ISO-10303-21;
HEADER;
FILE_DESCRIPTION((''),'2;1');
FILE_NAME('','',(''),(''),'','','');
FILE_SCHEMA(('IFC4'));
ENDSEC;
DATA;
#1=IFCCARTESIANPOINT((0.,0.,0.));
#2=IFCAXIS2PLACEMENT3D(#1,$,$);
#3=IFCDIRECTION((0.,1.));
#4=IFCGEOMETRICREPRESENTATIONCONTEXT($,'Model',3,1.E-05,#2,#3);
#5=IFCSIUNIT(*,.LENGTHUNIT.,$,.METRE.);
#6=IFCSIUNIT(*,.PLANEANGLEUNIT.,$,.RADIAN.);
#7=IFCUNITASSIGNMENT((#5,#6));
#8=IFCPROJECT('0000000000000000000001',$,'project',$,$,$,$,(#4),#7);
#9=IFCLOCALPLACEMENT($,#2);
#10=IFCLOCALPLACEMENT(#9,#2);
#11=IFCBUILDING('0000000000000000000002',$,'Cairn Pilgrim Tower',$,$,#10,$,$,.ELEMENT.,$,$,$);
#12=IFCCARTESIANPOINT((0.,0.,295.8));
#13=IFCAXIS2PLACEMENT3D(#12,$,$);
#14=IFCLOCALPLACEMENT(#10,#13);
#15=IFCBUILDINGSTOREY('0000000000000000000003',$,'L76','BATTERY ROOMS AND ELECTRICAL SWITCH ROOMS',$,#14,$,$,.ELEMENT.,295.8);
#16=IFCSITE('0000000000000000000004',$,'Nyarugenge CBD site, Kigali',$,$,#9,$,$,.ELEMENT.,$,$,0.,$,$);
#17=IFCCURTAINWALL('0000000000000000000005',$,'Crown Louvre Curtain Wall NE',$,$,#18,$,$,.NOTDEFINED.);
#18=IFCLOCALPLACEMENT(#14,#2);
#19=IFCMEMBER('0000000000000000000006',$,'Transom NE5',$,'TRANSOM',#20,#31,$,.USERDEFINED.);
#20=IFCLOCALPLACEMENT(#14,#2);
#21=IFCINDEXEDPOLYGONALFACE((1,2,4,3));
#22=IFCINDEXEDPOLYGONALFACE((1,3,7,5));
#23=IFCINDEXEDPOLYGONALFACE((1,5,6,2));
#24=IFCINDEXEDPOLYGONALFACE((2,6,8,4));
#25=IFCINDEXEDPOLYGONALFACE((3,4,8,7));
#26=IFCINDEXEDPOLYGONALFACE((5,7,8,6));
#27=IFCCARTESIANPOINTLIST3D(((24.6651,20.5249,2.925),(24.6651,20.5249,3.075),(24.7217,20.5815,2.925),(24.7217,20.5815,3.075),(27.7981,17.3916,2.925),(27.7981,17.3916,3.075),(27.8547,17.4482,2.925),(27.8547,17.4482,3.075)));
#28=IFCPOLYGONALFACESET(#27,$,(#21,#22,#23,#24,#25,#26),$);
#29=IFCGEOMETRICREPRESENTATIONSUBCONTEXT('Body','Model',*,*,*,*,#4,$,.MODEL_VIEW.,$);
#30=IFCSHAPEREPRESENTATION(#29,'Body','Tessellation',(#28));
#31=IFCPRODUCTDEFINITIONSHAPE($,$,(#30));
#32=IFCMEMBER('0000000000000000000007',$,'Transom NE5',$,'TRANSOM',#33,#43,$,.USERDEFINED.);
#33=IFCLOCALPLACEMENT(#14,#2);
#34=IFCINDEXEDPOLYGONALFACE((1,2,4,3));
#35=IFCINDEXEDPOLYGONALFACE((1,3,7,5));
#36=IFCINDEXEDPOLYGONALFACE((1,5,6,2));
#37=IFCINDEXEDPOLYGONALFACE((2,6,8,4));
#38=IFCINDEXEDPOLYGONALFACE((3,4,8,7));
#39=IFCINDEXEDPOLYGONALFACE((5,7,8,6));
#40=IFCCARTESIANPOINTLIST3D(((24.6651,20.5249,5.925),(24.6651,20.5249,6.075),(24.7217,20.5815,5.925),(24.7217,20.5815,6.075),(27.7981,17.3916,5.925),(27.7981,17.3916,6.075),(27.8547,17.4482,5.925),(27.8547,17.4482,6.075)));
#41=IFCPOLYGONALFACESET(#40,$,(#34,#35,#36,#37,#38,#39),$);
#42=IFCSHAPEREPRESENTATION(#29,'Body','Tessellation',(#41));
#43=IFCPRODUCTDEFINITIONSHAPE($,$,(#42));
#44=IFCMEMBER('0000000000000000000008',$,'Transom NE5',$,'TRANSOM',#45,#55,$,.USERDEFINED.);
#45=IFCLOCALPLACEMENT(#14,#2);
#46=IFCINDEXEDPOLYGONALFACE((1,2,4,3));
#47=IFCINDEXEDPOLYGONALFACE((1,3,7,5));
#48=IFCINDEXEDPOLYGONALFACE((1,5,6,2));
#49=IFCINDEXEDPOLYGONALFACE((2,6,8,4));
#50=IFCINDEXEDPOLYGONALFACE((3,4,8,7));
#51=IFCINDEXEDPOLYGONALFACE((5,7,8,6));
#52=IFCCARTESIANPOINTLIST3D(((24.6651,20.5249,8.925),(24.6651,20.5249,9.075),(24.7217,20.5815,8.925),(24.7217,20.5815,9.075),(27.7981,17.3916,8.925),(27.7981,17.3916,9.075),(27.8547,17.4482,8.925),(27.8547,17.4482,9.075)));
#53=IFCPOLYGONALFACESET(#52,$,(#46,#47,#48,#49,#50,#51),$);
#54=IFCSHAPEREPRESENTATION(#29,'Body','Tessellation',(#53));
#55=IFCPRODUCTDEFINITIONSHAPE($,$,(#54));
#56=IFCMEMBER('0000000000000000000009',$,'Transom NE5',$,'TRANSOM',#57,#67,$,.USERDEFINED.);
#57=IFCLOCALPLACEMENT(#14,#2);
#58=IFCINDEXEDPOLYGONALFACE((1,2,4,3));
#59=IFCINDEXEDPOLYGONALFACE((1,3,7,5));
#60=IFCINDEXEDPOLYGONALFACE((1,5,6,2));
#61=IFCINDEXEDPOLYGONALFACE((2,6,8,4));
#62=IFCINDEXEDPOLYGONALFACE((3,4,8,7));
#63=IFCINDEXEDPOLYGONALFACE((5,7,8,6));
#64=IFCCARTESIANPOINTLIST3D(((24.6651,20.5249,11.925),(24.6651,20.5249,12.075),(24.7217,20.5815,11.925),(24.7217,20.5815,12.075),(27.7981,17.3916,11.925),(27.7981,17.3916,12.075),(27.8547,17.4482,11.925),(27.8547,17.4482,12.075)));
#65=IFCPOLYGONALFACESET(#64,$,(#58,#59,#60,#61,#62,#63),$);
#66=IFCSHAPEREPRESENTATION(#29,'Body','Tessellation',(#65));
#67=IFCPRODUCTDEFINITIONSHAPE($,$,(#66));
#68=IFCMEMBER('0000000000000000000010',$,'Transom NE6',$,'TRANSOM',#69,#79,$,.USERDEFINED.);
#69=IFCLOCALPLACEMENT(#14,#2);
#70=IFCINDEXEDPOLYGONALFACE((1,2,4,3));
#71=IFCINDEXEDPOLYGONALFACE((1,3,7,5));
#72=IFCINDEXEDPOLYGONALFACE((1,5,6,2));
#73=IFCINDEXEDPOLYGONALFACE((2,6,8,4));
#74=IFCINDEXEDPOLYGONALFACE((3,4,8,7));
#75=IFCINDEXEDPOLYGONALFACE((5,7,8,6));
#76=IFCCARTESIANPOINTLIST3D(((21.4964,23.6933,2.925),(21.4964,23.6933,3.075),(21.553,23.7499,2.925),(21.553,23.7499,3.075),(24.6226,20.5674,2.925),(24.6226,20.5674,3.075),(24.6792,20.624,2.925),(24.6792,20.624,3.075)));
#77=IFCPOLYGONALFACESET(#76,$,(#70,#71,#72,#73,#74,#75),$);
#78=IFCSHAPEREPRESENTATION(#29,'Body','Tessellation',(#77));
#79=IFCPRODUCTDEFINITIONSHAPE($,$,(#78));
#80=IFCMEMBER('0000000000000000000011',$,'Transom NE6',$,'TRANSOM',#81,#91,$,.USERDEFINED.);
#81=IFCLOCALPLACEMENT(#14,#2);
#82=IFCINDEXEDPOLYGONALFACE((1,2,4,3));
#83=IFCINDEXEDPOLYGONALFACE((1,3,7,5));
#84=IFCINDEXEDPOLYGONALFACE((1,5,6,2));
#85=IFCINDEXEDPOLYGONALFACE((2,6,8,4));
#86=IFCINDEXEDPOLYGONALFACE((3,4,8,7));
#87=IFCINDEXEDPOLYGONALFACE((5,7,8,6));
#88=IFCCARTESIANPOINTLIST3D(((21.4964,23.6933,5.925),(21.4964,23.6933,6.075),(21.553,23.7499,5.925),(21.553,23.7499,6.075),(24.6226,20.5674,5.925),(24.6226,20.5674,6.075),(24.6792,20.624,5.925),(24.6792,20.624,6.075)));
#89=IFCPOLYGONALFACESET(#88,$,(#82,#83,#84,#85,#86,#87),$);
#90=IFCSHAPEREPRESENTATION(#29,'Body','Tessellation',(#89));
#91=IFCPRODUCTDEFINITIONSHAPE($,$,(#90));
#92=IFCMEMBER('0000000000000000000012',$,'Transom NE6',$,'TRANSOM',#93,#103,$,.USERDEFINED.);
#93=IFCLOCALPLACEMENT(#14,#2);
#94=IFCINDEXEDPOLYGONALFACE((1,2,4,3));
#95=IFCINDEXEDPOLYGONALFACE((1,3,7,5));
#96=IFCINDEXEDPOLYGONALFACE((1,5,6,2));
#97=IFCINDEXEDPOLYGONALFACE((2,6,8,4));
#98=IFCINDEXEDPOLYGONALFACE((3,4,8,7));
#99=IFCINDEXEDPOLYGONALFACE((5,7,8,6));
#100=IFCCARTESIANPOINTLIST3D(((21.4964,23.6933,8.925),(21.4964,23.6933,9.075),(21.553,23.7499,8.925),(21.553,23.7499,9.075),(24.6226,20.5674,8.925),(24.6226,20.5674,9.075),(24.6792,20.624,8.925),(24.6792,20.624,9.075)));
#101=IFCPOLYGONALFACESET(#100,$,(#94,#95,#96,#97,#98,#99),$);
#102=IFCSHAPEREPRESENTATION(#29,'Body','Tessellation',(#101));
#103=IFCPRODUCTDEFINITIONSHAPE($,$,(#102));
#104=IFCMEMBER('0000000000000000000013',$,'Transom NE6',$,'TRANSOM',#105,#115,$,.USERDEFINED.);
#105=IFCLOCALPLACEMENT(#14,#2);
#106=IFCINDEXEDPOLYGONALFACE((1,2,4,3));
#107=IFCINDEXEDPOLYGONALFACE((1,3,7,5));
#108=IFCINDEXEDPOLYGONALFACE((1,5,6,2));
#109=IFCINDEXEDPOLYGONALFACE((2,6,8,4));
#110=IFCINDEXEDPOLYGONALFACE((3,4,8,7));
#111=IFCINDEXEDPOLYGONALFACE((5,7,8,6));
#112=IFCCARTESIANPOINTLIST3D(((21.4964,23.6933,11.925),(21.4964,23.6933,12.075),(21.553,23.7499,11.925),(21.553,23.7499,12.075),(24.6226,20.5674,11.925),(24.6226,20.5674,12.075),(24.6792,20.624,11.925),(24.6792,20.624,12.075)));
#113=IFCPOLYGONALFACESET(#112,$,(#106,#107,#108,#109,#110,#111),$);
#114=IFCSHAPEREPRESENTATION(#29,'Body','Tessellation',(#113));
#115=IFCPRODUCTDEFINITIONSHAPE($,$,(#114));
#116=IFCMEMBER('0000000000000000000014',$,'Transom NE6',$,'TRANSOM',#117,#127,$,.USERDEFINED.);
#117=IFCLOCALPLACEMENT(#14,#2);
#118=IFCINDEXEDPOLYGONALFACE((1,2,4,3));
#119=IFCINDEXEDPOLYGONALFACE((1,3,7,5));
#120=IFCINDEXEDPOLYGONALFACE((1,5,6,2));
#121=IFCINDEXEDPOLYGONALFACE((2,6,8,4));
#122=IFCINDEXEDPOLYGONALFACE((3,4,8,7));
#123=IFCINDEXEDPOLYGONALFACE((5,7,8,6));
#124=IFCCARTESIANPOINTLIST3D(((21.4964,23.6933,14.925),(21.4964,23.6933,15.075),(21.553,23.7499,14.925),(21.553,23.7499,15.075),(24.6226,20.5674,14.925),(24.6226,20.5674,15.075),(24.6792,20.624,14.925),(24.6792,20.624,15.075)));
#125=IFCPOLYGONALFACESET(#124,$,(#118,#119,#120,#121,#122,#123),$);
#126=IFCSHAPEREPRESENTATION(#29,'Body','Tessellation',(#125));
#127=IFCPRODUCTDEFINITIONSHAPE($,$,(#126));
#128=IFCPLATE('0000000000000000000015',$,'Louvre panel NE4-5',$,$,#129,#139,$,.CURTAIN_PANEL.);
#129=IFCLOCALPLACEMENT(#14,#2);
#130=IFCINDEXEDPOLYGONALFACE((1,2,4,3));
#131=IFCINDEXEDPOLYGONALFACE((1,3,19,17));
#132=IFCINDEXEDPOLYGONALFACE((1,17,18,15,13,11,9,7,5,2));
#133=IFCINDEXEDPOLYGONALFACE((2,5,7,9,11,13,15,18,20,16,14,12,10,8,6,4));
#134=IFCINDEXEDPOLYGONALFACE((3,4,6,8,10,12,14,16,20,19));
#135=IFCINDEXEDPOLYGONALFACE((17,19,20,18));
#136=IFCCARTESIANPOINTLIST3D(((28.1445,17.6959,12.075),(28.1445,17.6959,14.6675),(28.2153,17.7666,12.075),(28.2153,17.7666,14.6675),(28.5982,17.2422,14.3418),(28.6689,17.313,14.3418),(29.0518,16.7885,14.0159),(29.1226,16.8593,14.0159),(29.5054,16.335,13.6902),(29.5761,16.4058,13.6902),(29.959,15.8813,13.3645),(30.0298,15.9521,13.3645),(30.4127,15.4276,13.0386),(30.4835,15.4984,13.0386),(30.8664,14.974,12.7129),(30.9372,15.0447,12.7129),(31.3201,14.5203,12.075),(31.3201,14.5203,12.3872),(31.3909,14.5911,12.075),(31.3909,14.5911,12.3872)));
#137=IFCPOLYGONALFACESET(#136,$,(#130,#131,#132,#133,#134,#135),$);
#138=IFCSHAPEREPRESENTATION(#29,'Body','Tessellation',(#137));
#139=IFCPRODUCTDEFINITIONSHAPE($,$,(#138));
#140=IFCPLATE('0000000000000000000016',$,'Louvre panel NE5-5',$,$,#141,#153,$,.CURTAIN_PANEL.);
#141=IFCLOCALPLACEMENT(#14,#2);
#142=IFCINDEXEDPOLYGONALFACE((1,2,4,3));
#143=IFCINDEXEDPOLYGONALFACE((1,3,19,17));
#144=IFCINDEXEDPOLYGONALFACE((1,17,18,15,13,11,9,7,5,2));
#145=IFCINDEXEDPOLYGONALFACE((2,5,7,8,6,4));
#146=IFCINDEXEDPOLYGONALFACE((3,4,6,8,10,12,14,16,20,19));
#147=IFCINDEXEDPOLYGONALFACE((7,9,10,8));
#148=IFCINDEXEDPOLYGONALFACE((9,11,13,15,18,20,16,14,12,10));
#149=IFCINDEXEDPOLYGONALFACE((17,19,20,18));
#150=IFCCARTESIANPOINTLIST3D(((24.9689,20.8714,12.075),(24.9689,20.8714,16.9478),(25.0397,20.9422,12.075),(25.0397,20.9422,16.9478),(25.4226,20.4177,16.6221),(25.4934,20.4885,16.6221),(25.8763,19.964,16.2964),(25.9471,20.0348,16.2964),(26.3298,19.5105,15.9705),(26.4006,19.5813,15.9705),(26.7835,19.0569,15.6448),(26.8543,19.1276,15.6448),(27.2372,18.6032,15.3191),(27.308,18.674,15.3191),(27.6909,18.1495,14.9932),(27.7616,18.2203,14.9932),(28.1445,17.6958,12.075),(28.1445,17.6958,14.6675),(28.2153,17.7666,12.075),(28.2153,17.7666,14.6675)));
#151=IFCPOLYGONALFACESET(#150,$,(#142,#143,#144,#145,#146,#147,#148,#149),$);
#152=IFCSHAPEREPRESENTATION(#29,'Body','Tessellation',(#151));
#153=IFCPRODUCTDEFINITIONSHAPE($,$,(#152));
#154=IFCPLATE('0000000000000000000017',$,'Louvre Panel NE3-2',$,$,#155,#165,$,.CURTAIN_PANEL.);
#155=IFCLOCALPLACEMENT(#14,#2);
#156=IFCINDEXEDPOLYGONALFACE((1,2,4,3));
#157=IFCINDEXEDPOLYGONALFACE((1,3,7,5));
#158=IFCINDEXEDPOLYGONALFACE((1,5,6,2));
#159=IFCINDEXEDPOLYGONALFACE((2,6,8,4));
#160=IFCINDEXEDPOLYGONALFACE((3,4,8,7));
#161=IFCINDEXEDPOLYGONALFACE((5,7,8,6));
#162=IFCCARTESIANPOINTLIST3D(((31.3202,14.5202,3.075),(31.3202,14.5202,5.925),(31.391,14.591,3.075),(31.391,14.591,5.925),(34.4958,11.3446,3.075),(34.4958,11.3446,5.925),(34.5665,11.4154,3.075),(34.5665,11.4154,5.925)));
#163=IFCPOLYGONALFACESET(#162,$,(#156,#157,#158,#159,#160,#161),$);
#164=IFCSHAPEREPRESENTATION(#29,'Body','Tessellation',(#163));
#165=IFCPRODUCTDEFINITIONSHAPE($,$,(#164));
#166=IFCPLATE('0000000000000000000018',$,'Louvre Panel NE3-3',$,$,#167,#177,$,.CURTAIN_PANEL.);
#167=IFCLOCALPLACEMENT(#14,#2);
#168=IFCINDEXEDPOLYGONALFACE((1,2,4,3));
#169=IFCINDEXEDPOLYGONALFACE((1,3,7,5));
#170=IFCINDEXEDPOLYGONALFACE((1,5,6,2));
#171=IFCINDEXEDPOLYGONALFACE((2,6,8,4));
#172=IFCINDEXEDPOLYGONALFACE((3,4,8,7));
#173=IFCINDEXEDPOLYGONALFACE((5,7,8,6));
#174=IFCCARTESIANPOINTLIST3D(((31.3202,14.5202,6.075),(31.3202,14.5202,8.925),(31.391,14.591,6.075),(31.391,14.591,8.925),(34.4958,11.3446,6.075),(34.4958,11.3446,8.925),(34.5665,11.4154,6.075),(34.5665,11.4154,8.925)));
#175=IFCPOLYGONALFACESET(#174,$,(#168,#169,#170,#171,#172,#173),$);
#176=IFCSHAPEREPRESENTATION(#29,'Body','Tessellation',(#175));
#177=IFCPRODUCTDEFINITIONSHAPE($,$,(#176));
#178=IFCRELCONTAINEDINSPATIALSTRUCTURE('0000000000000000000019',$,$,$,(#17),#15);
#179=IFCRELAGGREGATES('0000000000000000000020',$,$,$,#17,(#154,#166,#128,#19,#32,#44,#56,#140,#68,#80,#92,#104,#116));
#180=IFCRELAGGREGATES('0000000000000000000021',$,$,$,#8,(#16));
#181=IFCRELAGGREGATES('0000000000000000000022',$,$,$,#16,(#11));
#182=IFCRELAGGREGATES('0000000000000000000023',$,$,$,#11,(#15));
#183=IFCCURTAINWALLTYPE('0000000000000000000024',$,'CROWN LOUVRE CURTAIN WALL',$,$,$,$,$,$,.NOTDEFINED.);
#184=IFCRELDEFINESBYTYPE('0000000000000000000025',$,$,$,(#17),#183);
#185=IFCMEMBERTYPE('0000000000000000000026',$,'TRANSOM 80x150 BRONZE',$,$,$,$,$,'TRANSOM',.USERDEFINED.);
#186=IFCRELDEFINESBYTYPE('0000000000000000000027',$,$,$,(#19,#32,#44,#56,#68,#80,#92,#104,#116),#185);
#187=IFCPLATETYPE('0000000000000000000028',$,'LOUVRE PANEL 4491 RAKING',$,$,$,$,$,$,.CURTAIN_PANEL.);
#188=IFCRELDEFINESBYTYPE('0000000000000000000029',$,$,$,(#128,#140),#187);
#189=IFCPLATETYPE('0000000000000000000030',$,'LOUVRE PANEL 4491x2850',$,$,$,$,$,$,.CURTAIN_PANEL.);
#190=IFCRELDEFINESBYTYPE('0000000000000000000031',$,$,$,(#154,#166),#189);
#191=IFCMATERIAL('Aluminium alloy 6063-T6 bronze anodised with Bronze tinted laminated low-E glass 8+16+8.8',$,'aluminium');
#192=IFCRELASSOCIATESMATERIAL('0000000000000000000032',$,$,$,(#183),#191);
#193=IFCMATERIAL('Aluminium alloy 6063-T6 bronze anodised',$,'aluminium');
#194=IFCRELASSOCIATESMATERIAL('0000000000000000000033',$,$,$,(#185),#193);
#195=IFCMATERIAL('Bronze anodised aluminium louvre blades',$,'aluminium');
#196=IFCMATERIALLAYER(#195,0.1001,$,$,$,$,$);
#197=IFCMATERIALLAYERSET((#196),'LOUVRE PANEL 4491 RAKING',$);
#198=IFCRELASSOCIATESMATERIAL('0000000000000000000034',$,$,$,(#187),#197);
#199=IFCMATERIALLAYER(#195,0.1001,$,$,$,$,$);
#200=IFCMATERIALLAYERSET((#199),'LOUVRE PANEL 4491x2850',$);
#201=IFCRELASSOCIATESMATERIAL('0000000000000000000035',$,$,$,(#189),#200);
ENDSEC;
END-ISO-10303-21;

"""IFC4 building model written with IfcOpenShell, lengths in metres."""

from ifc_helpers import new_model, si_unit, direction, frame, origin, origin_2d, place, context, subcontext, project, spatial, polyline, rectangle, outline, extrude, material, layer, layer_set, material_profile, profile_set, type_object, element, aggregate, save


model = new_model("IFC4")

# Units and contexts
model_context = context("Model", 3, precision=1e-05, world=origin(), true_north=direction((0.0, 1.0)))
body_context = subcontext(model_context, "Body", "Model", "MODEL_VIEW")
ifc_project = project(units=[si_unit("LENGTHUNIT", "METRE"), si_unit("PLANEANGLEUNIT", "RADIAN")], contexts=[model_context])

# Site, building, storey
site_placement = place(None, origin())
site = spatial("IfcSite", under=ifc_project, at=site_placement, Name="Nyarugenge CBD site, Kigali", CompositionType="ELEMENT", RefElevation=0.0)
building_placement = place(site_placement, origin())
building = spatial("IfcBuilding", under=site, at=building_placement, Name="Cairn Pilgrim Tower", CompositionType="ELEMENT")
storey_placement = place(building_placement, frame((0.0, 0.0, 295.8)))
storey = spatial("IfcBuildingStorey", under=building, at=storey_placement, Name="L76", Description="BATTERY ROOMS AND ELECTRICAL SWITCH ROOMS", CompositionType="ELEMENT", Elevation=295.8)

# Curtain wall
ifc_material_1 = material(Name="Aluminium alloy 6063-T6 bronze anodised with Bronze tinted laminated low-E glass 8+16+8.8", Category="aluminium")
curtain_wall_type = type_object("IfcCurtainWallType", Name="CROWN LOUVRE CURTAIN WALL", PredefinedType="NOTDEFINED", material=ifc_material_1)
curtain_wall_placement = place(storey_placement, origin())
curtain_wall = element("IfcCurtainWall", 1, at=curtain_wall_placement, inside=storey, type_object=curtain_wall_type, Name="Crown Louvre Curtain Wall NE", PredefinedType="NOTDEFINED")
ifc_material_2 = material(Name="Aluminium alloy 6063-T6 bronze anodised", Category="aluminium")

# Members
ifc_material_profile_1 = material_profile(ifc_material_2, rectangle(XDim=0.0801, YDim=0.1499, at=origin_2d()), Name="TRANSOM 80x150 BRONZE")
ifc_profile_set_1 = profile_set([ifc_material_profile_1], Name="Aluminium alloy 6063-T6 bronze anodised")
member_type_1 = type_object("IfcMemberType", Name="TRANSOM 80x150 BRONZE", ElementType="TRANSOM", PredefinedType="USERDEFINED", material=ifc_profile_set_1)
member_1_placement = place(storey_placement, frame((27.8264, 17.4199, 3.0), z_axis=(-0.707079, 0.707134, 0.0), x_axis=(-0.707134, -0.707079, 0.0)))
member_1 = element("IfcMember", 2, at=member_1_placement, type_object=member_type_1, Name="Transom NE5", ObjectType="TRANSOM", PredefinedType="USERDEFINED", context=body_context, shape_type="SweptSolid", body=[
    extrude(rectangle(XDim=0.0801, YDim=0.1499, at=origin_2d()), origin(), (0.0, 0.0, 1.0), 4.4309),
])
member_2_placement = place(storey_placement, frame((27.8264, 17.4199, 6.0), z_axis=(-0.707079, 0.707134, 0.0), x_axis=(-0.707134, -0.707079, 0.0)))
member_2 = element("IfcMember", 3, at=member_2_placement, type_object=member_type_1, Name="Transom NE5", ObjectType="TRANSOM", PredefinedType="USERDEFINED", context=body_context, shape_type="SweptSolid", body=[
    extrude(rectangle(XDim=0.0801, YDim=0.1499, at=origin_2d()), origin(), (0.0, 0.0, 1.0), 4.4309),
])
member_3_placement = place(storey_placement, frame((27.8264, 17.4199, 9.0), z_axis=(-0.707079, 0.707134, 0.0), x_axis=(-0.707134, -0.707079, 0.0)))
member_3 = element("IfcMember", 4, at=member_3_placement, type_object=member_type_1, Name="Transom NE5", ObjectType="TRANSOM", PredefinedType="USERDEFINED", context=body_context, shape_type="SweptSolid", body=[
    extrude(rectangle(XDim=0.0801, YDim=0.1499, at=origin_2d()), origin(), (0.0, 0.0, 1.0), 4.4309),
])
member_4_placement = place(storey_placement, frame((27.8264, 17.4199, 12.0), z_axis=(-0.707079, 0.707134, 0.0), x_axis=(-0.707134, -0.707079, 0.0)))
member_4 = element("IfcMember", 5, at=member_4_placement, type_object=member_type_1, Name="Transom NE5", ObjectType="TRANSOM", PredefinedType="USERDEFINED", context=body_context, shape_type="SweptSolid", body=[
    extrude(rectangle(XDim=0.0801, YDim=0.1499, at=origin_2d()), origin(), (0.0, 0.0, 1.0), 4.4309),
])
member_5_placement = place(storey_placement, frame((24.6509, 20.5957, 3.0), z_axis=(-0.707134, 0.707079, 0.0), x_axis=(-0.707079, -0.707134, 0.0)))
member_5 = element("IfcMember", 6, at=member_5_placement, type_object=member_type_1, Name="Transom NE6", ObjectType="TRANSOM", PredefinedType="USERDEFINED", context=body_context, shape_type="SweptSolid", body=[
    extrude(rectangle(XDim=0.0801, YDim=0.1499, at=origin_2d()), origin(), (0.0, 0.0, 1.0), 4.4209),
])
member_6_placement = place(storey_placement, frame((24.6509, 20.5957, 6.0), z_axis=(-0.707134, 0.707079, 0.0), x_axis=(-0.707079, -0.707134, 0.0)))
member_6 = element("IfcMember", 7, at=member_6_placement, type_object=member_type_1, Name="Transom NE6", ObjectType="TRANSOM", PredefinedType="USERDEFINED", context=body_context, shape_type="SweptSolid", body=[
    extrude(rectangle(XDim=0.0801, YDim=0.1499, at=origin_2d()), origin(), (0.0, 0.0, 1.0), 4.4209),
])
member_7_placement = place(storey_placement, frame((24.6509, 20.5957, 9.0), z_axis=(-0.707134, 0.707079, 0.0), x_axis=(-0.707079, -0.707134, 0.0)))
member_7 = element("IfcMember", 8, at=member_7_placement, type_object=member_type_1, Name="Transom NE6", ObjectType="TRANSOM", PredefinedType="USERDEFINED", context=body_context, shape_type="SweptSolid", body=[
    extrude(rectangle(XDim=0.0801, YDim=0.1499, at=origin_2d()), origin(), (0.0, 0.0, 1.0), 4.4209),
])
member_8_placement = place(storey_placement, frame((24.6509, 20.5957, 12.0), z_axis=(-0.707134, 0.707079, 0.0), x_axis=(-0.707079, -0.707134, 0.0)))
member_8 = element("IfcMember", 9, at=member_8_placement, type_object=member_type_1, Name="Transom NE6", ObjectType="TRANSOM", PredefinedType="USERDEFINED", context=body_context, shape_type="SweptSolid", body=[
    extrude(rectangle(XDim=0.0801, YDim=0.1499, at=origin_2d()), origin(), (0.0, 0.0, 1.0), 4.4209),
])
member_9_placement = place(storey_placement, frame((24.6509, 20.5957, 15.0), z_axis=(-0.707134, 0.707079, 0.0), x_axis=(-0.707079, -0.707134, 0.0)))
member_9 = element("IfcMember", 10, at=member_9_placement, type_object=member_type_1, Name="Transom NE6", ObjectType="TRANSOM", PredefinedType="USERDEFINED", context=body_context, shape_type="SweptSolid", body=[
    extrude(rectangle(XDim=0.0801, YDim=0.1499, at=origin_2d()), origin(), (0.0, 0.0, 1.0), 4.4209),
])

# Plates
ifc_material_3 = material(Name="Bronze anodised aluminium louvre blades", Category="aluminium")
ifc_layer_1 = layer(ifc_material_3, 0.1001)
ifc_layer_set_1 = layer_set([ifc_layer_1], Name="LOUVRE PANEL 4491 RAKING")
plate_type_1 = type_object("IfcPlateType", Name="LOUVRE PANEL 4491 RAKING", PredefinedType="CURTAIN_PANEL", material=ifc_layer_set_1)
plate_1_placement = place(storey_placement, frame((31.3555, 14.5557, 12.075), z_axis=(0.0, 0.0, 1.0), x_axis=(-0.707107, 0.707107, 0.0)))
plate_1 = element("IfcPlate", 11, at=plate_1_placement, type_object=plate_type_1, Name="Louvre panel NE4-5", PredefinedType="CURTAIN_PANEL", context=body_context, shape_type="SweptSolid", body=[
    extrude(outline(polyline([(0.0, 0.0), (4.491, 0.0), (4.491, 2.5925), (3.8494, 2.2668), (3.2078, 1.9409), (2.5664, 1.6152), (1.9248, 1.2896), (1.2832, 0.9636), (0.6416, 0.6379), (0.0, 0.3123), (0.0, 0.0)])), frame((0.0, 0.05, 0.0), z_axis=(0.0, -1.0, 0.0), x_axis=(1.0, 0.0, 0.0)), (0.0, 0.0, 1.0), 0.1001),
])
plate_2_placement = place(storey_placement, frame((28.1799, 17.7312, 12.075), z_axis=(0.0, 0.0, 1.0), x_axis=(-0.707107, 0.707107, 0.0)))
plate_2 = element("IfcPlate", 12, at=plate_2_placement, type_object=plate_type_1, Name="Louvre panel NE5-5", PredefinedType="CURTAIN_PANEL", context=body_context, shape_type="SweptSolid", body=[
    extrude(outline(polyline([(0.0, 0.0), (4.491, 0.0), (4.491, 4.8728), (3.8494, 4.5471), (3.2078, 4.2214), (2.5664, 3.8955), (1.9248, 3.5698), (1.2832, 3.2441), (0.6416, 2.9182), (0.0, 2.5925), (0.0, 0.0)])), frame((0.0, 0.05, 0.0), z_axis=(0.0, -1.0, 0.0), x_axis=(1.0, 0.0, 0.0)), (0.0, 0.0, 1.0), 0.1001),
])
ifc_layer_2 = layer(ifc_material_3, 0.1001)
ifc_layer_set_2 = layer_set([ifc_layer_2], Name="LOUVRE PANEL 4491x2850")
plate_type_2 = type_object("IfcPlateType", Name="LOUVRE PANEL 4491x2850", PredefinedType="CURTAIN_PANEL", material=ifc_layer_set_2)
plate_3_placement = place(storey_placement, frame((32.9434, 12.9678, 3.075), z_axis=(0.0, 0.0, 1.0), x_axis=(-0.707107, 0.707107, 0.0)))
plate_3 = element("IfcPlate", 13, at=plate_3_placement, type_object=plate_type_2, Name="Louvre Panel NE3-2", PredefinedType="CURTAIN_PANEL", context=body_context, shape_type="SweptSolid", body=[
    extrude(rectangle(XDim=4.491, YDim=0.1001, at=origin_2d()), origin(), (0.0, 0.0, 1.0), 2.8501),
])
plate_4_placement = place(storey_placement, frame((32.9434, 12.9678, 6.075), z_axis=(0.0, 0.0, 1.0), x_axis=(-0.707107, 0.707107, 0.0)))
plate_4 = element("IfcPlate", 14, at=plate_4_placement, type_object=plate_type_2, Name="Louvre Panel NE3-3", PredefinedType="CURTAIN_PANEL", context=body_context, shape_type="SweptSolid", body=[
    extrude(rectangle(XDim=4.491, YDim=0.1001, at=origin_2d()), origin(), (0.0, 0.0, 1.0), 2.8501),
])
aggregate(curtain_wall, [plate_3, plate_4, plate_1, member_1, member_2, member_3, member_4, plate_2, member_5, member_6, member_7, member_8, member_9])

save(model, "model.ifc")
